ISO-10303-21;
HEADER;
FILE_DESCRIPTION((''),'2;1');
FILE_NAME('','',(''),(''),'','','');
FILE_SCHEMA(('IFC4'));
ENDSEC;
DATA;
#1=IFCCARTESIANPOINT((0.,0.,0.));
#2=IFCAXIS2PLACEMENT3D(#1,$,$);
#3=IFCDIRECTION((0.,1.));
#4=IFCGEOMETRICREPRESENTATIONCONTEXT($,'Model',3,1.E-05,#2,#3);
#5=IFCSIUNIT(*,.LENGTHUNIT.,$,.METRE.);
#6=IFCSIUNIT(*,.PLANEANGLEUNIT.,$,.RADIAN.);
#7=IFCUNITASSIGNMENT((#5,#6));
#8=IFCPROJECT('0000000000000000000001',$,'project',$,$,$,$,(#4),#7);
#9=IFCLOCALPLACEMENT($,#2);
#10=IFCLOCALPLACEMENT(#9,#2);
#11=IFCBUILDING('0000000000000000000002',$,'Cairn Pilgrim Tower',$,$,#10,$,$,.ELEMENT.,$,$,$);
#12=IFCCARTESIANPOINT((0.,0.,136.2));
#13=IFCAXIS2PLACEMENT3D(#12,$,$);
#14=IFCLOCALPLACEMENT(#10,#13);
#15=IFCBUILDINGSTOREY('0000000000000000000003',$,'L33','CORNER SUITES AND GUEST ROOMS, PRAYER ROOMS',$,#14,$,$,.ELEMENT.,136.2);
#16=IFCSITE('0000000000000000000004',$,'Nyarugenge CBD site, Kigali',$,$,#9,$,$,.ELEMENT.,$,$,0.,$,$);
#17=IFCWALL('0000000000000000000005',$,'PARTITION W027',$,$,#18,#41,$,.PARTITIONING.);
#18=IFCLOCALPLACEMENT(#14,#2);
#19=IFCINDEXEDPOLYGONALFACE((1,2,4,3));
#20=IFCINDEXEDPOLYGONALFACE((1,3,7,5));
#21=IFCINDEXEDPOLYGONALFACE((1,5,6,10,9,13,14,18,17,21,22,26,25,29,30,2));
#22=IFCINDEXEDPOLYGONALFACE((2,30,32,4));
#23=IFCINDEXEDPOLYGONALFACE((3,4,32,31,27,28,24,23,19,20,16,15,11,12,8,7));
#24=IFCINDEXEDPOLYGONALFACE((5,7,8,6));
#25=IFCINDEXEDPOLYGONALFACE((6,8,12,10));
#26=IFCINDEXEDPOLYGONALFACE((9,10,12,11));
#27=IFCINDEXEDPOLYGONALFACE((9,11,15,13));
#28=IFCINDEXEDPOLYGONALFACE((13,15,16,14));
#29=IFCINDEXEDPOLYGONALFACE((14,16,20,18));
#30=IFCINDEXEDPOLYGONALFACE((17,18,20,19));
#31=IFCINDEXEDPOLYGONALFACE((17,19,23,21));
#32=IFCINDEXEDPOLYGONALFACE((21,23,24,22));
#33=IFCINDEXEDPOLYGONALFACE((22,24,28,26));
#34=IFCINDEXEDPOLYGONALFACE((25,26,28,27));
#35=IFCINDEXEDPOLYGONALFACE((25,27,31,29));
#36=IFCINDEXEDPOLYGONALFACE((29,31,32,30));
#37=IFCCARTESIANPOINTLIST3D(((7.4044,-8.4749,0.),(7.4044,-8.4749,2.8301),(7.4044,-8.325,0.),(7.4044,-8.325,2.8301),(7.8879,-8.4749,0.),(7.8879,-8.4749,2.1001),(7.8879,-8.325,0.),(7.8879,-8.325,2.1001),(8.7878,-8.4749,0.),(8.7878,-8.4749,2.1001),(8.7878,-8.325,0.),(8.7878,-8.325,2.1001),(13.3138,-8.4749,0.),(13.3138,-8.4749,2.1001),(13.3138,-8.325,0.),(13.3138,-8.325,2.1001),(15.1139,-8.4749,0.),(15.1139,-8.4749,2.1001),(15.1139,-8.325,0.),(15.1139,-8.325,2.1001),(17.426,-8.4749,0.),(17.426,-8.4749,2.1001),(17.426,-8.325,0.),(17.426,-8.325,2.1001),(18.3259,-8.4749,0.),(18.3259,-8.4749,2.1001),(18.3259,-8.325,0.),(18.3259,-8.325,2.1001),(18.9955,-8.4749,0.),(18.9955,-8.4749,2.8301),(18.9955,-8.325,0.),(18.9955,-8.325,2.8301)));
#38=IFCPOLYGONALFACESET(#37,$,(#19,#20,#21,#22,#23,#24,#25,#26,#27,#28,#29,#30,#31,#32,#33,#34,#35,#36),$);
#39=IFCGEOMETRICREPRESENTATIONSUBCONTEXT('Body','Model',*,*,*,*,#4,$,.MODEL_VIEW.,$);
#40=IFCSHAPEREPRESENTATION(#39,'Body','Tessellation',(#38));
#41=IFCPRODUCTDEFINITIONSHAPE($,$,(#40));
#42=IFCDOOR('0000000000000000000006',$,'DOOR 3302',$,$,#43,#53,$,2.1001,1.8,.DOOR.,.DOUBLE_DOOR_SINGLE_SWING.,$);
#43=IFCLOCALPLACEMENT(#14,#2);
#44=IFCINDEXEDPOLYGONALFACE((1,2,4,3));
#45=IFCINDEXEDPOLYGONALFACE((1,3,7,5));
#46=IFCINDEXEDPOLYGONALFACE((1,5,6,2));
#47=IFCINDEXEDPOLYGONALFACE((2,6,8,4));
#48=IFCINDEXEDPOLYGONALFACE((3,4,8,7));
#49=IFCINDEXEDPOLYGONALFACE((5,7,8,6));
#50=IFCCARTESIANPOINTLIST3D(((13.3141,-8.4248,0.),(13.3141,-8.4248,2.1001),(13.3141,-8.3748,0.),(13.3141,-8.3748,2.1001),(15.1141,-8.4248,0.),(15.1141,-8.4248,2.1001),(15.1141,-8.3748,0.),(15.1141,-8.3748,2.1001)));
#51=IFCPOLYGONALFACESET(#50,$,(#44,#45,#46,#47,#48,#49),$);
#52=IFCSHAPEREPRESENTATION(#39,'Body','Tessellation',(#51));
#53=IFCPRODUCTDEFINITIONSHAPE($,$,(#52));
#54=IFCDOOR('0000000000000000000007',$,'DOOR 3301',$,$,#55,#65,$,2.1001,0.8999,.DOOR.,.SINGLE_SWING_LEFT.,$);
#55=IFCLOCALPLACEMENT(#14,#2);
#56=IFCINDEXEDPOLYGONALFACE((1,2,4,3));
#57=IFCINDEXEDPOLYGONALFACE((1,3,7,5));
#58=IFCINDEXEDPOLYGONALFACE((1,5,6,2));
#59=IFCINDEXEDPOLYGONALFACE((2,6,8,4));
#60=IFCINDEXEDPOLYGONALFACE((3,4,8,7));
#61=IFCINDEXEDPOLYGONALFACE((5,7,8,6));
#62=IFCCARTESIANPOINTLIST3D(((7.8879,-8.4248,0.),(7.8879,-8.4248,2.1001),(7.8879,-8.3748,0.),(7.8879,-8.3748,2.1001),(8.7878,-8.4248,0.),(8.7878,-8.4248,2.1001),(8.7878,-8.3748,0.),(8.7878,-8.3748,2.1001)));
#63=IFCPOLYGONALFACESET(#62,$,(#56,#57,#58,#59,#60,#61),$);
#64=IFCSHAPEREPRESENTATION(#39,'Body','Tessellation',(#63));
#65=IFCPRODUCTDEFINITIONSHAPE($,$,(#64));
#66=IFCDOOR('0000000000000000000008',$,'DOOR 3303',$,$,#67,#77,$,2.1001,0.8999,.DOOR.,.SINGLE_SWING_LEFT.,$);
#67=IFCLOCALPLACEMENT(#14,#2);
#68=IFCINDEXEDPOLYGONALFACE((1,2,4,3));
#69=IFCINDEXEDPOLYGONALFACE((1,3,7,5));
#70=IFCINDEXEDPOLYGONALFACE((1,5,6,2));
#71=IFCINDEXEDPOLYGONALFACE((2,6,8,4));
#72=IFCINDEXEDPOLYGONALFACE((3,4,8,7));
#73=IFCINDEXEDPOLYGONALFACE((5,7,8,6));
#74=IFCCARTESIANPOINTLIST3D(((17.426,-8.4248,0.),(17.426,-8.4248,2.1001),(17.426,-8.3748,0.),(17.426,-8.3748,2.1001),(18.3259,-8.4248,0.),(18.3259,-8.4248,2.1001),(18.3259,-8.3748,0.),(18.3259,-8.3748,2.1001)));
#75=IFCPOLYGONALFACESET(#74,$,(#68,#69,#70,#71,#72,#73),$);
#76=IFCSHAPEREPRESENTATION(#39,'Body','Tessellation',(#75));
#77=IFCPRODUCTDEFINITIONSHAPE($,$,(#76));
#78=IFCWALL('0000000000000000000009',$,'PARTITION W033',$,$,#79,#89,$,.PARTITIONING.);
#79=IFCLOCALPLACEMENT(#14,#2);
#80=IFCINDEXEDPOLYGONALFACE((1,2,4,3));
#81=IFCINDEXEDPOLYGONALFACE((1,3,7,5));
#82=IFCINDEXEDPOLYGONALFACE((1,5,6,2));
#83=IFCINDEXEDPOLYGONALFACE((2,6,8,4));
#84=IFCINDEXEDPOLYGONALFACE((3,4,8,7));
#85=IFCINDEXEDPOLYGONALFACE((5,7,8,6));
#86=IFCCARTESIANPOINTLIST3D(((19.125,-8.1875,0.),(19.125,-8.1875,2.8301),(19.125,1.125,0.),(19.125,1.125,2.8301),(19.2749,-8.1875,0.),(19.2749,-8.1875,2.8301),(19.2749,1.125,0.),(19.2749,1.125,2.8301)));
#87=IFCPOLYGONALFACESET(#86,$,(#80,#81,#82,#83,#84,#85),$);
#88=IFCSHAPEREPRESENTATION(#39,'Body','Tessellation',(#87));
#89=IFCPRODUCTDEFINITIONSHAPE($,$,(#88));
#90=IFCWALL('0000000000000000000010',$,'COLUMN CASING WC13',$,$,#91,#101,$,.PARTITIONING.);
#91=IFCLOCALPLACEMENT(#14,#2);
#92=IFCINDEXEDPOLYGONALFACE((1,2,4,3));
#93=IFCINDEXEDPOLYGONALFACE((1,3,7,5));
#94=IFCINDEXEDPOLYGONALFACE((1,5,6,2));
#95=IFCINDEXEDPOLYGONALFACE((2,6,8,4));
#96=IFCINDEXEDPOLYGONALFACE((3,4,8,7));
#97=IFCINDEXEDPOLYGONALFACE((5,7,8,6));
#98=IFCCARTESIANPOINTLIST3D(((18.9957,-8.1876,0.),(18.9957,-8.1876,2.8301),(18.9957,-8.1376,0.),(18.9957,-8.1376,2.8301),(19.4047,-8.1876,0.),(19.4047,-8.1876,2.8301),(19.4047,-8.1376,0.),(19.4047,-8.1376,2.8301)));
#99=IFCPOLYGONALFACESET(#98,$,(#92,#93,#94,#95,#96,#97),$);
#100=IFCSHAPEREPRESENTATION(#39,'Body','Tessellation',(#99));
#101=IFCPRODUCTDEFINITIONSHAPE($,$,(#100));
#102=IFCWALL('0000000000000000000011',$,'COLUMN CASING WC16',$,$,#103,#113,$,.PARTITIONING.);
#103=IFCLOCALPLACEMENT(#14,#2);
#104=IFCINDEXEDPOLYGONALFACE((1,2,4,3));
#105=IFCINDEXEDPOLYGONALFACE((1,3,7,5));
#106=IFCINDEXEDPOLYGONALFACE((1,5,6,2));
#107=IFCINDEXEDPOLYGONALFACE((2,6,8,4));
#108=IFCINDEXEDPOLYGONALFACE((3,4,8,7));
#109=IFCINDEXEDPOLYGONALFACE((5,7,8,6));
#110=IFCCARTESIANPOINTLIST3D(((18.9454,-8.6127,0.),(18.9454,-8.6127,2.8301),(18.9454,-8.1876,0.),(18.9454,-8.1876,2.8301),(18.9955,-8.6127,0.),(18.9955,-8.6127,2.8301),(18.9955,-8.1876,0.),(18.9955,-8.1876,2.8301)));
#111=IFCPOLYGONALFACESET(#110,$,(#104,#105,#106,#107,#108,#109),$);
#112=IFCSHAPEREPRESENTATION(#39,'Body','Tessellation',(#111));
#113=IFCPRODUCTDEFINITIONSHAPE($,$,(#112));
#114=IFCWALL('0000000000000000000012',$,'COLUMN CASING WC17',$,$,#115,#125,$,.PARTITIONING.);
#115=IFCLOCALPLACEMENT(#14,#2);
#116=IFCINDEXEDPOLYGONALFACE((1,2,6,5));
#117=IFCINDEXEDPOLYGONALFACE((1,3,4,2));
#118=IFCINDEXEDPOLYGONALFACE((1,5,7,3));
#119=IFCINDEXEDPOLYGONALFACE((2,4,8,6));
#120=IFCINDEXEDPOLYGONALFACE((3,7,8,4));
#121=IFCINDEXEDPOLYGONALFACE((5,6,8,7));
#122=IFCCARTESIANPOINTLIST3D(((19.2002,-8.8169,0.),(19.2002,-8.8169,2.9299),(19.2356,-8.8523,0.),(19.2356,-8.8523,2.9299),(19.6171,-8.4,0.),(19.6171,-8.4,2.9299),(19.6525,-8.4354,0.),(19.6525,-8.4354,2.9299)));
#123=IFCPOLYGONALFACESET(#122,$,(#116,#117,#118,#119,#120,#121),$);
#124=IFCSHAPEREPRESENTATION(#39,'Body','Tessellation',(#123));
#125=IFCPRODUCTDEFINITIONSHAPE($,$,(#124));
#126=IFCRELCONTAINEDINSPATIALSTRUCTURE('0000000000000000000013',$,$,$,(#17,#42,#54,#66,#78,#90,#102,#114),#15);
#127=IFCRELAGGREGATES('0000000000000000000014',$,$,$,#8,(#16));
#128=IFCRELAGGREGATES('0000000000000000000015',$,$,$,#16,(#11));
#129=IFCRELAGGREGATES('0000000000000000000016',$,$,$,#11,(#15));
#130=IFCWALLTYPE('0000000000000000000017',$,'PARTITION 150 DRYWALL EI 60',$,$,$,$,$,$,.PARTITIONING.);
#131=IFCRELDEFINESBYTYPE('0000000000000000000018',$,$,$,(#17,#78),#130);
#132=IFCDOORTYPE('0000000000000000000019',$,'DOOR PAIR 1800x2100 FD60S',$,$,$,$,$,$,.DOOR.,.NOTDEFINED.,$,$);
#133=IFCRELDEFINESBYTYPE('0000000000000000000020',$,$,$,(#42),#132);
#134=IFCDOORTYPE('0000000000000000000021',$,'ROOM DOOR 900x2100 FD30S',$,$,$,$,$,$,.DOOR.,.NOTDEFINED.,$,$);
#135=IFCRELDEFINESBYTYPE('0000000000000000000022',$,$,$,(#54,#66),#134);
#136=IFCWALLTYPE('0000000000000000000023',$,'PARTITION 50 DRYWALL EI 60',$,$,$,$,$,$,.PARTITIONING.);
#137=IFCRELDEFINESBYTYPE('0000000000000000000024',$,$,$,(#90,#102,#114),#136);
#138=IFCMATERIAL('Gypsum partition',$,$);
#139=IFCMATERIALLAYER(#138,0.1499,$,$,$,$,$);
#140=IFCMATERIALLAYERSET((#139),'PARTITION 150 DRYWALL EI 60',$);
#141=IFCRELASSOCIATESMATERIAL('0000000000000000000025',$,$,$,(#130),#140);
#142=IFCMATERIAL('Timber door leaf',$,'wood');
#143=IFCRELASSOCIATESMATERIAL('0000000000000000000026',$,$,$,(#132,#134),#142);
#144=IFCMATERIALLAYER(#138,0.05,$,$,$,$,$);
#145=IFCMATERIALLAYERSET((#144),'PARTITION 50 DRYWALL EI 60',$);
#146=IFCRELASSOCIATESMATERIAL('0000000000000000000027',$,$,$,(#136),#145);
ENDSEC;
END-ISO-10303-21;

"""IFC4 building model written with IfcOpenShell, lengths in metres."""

from ifc_helpers import new_model, si_unit, direction, frame, frame_2d, origin, place, context, subcontext, project, spatial, rectangle, extrude, material, layer, layer_set, type_object, element, fill, save


model = new_model("IFC4")

# Units and contexts
model_context = context("Model", 3, precision=1e-05, world=origin(), true_north=direction((0.0, 1.0)))
body_context = subcontext(model_context, "Body", "Model", "MODEL_VIEW")
ifc_project = project(units=[si_unit("LENGTHUNIT", "METRE"), si_unit("PLANEANGLEUNIT", "RADIAN")], contexts=[model_context])

# Site, building, storey
site_placement = place(None, origin())
site = spatial("IfcSite", under=ifc_project, at=site_placement, Name="Nyarugenge CBD site, Kigali", CompositionType="ELEMENT", RefElevation=0.0)
building_placement = place(site_placement, origin())
building = spatial("IfcBuilding", under=site, at=building_placement, Name="Cairn Pilgrim Tower", CompositionType="ELEMENT")
storey_placement = place(building_placement, frame((0.0, 0.0, 136.2)))
storey = spatial("IfcBuildingStorey", under=building, at=storey_placement, Name="L33", Description="CORNER SUITES AND GUEST ROOMS, PRAYER ROOMS", CompositionType="ELEMENT", Elevation=136.2)

# Shared definitions
ifc_material_1 = material(Name="Gypsum partition")
ifc_material_2 = material(Name="Timber door leaf", Category="wood")

# Wall, openings, doors
ifc_layer_1 = layer(ifc_material_1, 0.1499)
ifc_layer_set_1 = layer_set([ifc_layer_1], Name="PARTITION 150 DRYWALL EI 60")
wall_type_1 = type_object("IfcWallType", Name="PARTITION 150 DRYWALL EI 60", PredefinedType="PARTITIONING", material=ifc_layer_set_1)
wall_1_placement = place(storey_placement, frame((7.4045, -8.3999, 0.0), z_axis=(0.0, 0.0, 1.0), x_axis=(1.0, 0.0, 0.0)))
wall_1 = element("IfcWall", 1, at=wall_1_placement, inside=storey, type_object=wall_type_1, Name="PARTITION W027", PredefinedType="PARTITIONING", context=body_context, shape_type="SweptSolid", body=[
    extrude(rectangle(XDim=11.5911, YDim=0.1499, at=frame_2d((5.7954, 0.0))), origin(), (0.0, 0.0, 1.0), 2.8301),
])
opening_1_placement = place(wall_1_placement, frame((0.4834, 0.0, 0.0)))
opening_1 = element("IfcOpeningElement", 2, at=opening_1_placement, cuts=wall_1, PredefinedType="OPENING", context=body_context, shape_type="SweptSolid", body=[
    extrude(rectangle(XDim=0.8999, YDim=2.1001, at=frame_2d((0.45, 1.05))), frame((0.0, 0.085, 0.0), z_axis=(0.0, -1.0, 0.0), x_axis=(1.0, 0.0, 0.0)), (0.0, 0.0, 1.0), 0.1699),
])
opening_2_placement = place(wall_1_placement, frame((5.9094, 0.0, 0.0)))
opening_2 = element("IfcOpeningElement", 3, at=opening_2_placement, cuts=wall_1, PredefinedType="OPENING", context=body_context, shape_type="SweptSolid", body=[
    extrude(rectangle(XDim=1.8, YDim=2.1001, at=frame_2d((0.8999, 1.05))), frame((0.0, 0.085, 0.0), z_axis=(0.0, -1.0, 0.0), x_axis=(1.0, 0.0, 0.0)), (0.0, 0.0, 1.0), 0.1699),
])
opening_3_placement = place(wall_1_placement, frame((10.0215, 0.0, 0.0)))
opening_3 = element("IfcOpeningElement", 4, at=opening_3_placement, cuts=wall_1, PredefinedType="OPENING", context=body_context, shape_type="SweptSolid", body=[
    extrude(rectangle(XDim=0.8999, YDim=2.1001, at=frame_2d((0.45, 1.05))), frame((0.0, 0.085, 0.0), z_axis=(0.0, -1.0, 0.0), x_axis=(1.0, 0.0, 0.0)), (0.0, 0.0, 1.0), 0.1699),
])
door_type_1 = type_object("IfcDoorType", Name="DOOR PAIR 1800x2100 FD60S", OperationType="NOTDEFINED", PredefinedType="DOOR", material=ifc_material_2)
door_1_placement = place(opening_2_placement, frame((1.8, 0.0, 0.0), z_axis=(0.0, 0.0, 1.0), x_axis=(-1.0, 0.0, 0.0)))
door_1 = element("IfcDoor", 5, at=door_1_placement, inside=storey, type_object=door_type_1, Name="DOOR 3302", OperationType="DOUBLE_DOOR_SINGLE_SWING", OverallHeight=2.1001, OverallWidth=1.8, PredefinedType="DOOR", context=body_context, shape_type="SweptSolid", body=[
    extrude(rectangle(XDim=1.8, YDim=2.1001, at=frame_2d((0.8999, 1.05))), frame((0.0, 0.0249, 0.0), z_axis=(0.0, -1.0, 0.0), x_axis=(1.0, 0.0, 0.0)), (0.0, 0.0, 1.0), 0.05),
])
fill(opening_2, door_1)
door_type_2 = type_object("IfcDoorType", Name="ROOM DOOR 900x2100 FD30S", OperationType="NOTDEFINED", PredefinedType="DOOR", material=ifc_material_2)
door_2_placement = place(opening_1_placement, frame((0.8999, 0.0, 0.0), z_axis=(0.0, 0.0, 1.0), x_axis=(-1.0, 0.0, 0.0)))
door_2 = element("IfcDoor", 6, at=door_2_placement, inside=storey, type_object=door_type_2, Name="DOOR 3301", OperationType="SINGLE_SWING_LEFT", OverallHeight=2.1001, OverallWidth=0.8999, PredefinedType="DOOR", context=body_context, shape_type="SweptSolid", body=[
    extrude(rectangle(XDim=0.8999, YDim=2.1001, at=frame_2d((0.45, 1.05))), frame((0.0, 0.0249, 0.0), z_axis=(0.0, -1.0, 0.0), x_axis=(1.0, 0.0, 0.0)), (0.0, 0.0, 1.0), 0.05),
])
fill(opening_1, door_2)
door_3_placement = place(opening_3_placement, frame((0.8999, 0.0, 0.0), z_axis=(0.0, 0.0, 1.0), x_axis=(-1.0, 0.0, 0.0)))
door_3 = element("IfcDoor", 7, at=door_3_placement, inside=storey, type_object=door_type_2, Name="DOOR 3303", OperationType="SINGLE_SWING_LEFT", OverallHeight=2.1001, OverallWidth=0.8999, PredefinedType="DOOR", context=body_context, shape_type="SweptSolid", body=[
    extrude(rectangle(XDim=0.8999, YDim=2.1001, at=frame_2d((0.45, 1.05))), frame((0.0, 0.0249, 0.0), z_axis=(0.0, -1.0, 0.0), x_axis=(1.0, 0.0, 0.0)), (0.0, 0.0, 1.0), 0.05),
])
fill(opening_3, door_3)

# Walls
wall_2_placement = place(storey_placement, frame((19.2, -8.1875, 0.0), z_axis=(0.0, 0.0, 1.0), x_axis=(0.0, 1.0, 0.0)))
element("IfcWall", 8, at=wall_2_placement, inside=storey, type_object=wall_type_1, Name="PARTITION W033", PredefinedType="PARTITIONING", context=body_context, shape_type="SweptSolid", body=[
    extrude(rectangle(XDim=9.3125, YDim=0.1499, at=frame_2d((4.6562, 0.0))), origin(), (0.0, 0.0, 1.0), 2.8301),
])
ifc_layer_2 = layer(ifc_material_1, 0.05)
ifc_layer_set_2 = layer_set([ifc_layer_2], Name="PARTITION 50 DRYWALL EI 60")
wall_type_2 = type_object("IfcWallType", Name="PARTITION 50 DRYWALL EI 60", PredefinedType="PARTITIONING", material=ifc_layer_set_2)
wall_3_placement = place(storey_placement, frame((18.9956, -8.1626, 0.0), z_axis=(0.0, 0.0, 1.0), x_axis=(1.0, 0.0, 0.0)))
element("IfcWall", 9, at=wall_3_placement, inside=storey, type_object=wall_type_2, Name="COLUMN CASING WC13", PredefinedType="PARTITIONING", context=body_context, shape_type="SweptSolid", body=[
    extrude(rectangle(XDim=0.4089, YDim=0.05, at=frame_2d((0.2046, 0.0))), origin(), (0.0, 0.0, 1.0), 2.8301),
])
wall_4_placement = place(storey_placement, frame((18.9705, -8.6125, 0.0), z_axis=(0.0, 0.0, 1.0), x_axis=(0.0, 1.0, 0.0)))
element("IfcWall", 10, at=wall_4_placement, inside=storey, type_object=wall_type_2, Name="COLUMN CASING WC16", PredefinedType="PARTITIONING", context=body_context, shape_type="SweptSolid", body=[
    extrude(rectangle(XDim=0.425, YDim=0.05, at=frame_2d((0.2124, 0.0))), origin(), (0.0, 0.0, 1.0), 2.8301),
])
wall_5_placement = place(storey_placement, frame((19.2178, -8.8347, 0.0), z_axis=(0.0, 0.0, 1.0), x_axis=(0.707107, 0.707107, 0.0)))
element("IfcWall", 11, at=wall_5_placement, inside=storey, type_object=wall_type_2, Name="COLUMN CASING WC17", PredefinedType="PARTITIONING", context=body_context, shape_type="SweptSolid", body=[
    extrude(rectangle(XDim=0.5896, YDim=0.05, at=frame_2d((0.2949, 0.0))), origin(), (0.0, 0.0, 1.0), 2.9299),
])

save(model, "model.ifc")
